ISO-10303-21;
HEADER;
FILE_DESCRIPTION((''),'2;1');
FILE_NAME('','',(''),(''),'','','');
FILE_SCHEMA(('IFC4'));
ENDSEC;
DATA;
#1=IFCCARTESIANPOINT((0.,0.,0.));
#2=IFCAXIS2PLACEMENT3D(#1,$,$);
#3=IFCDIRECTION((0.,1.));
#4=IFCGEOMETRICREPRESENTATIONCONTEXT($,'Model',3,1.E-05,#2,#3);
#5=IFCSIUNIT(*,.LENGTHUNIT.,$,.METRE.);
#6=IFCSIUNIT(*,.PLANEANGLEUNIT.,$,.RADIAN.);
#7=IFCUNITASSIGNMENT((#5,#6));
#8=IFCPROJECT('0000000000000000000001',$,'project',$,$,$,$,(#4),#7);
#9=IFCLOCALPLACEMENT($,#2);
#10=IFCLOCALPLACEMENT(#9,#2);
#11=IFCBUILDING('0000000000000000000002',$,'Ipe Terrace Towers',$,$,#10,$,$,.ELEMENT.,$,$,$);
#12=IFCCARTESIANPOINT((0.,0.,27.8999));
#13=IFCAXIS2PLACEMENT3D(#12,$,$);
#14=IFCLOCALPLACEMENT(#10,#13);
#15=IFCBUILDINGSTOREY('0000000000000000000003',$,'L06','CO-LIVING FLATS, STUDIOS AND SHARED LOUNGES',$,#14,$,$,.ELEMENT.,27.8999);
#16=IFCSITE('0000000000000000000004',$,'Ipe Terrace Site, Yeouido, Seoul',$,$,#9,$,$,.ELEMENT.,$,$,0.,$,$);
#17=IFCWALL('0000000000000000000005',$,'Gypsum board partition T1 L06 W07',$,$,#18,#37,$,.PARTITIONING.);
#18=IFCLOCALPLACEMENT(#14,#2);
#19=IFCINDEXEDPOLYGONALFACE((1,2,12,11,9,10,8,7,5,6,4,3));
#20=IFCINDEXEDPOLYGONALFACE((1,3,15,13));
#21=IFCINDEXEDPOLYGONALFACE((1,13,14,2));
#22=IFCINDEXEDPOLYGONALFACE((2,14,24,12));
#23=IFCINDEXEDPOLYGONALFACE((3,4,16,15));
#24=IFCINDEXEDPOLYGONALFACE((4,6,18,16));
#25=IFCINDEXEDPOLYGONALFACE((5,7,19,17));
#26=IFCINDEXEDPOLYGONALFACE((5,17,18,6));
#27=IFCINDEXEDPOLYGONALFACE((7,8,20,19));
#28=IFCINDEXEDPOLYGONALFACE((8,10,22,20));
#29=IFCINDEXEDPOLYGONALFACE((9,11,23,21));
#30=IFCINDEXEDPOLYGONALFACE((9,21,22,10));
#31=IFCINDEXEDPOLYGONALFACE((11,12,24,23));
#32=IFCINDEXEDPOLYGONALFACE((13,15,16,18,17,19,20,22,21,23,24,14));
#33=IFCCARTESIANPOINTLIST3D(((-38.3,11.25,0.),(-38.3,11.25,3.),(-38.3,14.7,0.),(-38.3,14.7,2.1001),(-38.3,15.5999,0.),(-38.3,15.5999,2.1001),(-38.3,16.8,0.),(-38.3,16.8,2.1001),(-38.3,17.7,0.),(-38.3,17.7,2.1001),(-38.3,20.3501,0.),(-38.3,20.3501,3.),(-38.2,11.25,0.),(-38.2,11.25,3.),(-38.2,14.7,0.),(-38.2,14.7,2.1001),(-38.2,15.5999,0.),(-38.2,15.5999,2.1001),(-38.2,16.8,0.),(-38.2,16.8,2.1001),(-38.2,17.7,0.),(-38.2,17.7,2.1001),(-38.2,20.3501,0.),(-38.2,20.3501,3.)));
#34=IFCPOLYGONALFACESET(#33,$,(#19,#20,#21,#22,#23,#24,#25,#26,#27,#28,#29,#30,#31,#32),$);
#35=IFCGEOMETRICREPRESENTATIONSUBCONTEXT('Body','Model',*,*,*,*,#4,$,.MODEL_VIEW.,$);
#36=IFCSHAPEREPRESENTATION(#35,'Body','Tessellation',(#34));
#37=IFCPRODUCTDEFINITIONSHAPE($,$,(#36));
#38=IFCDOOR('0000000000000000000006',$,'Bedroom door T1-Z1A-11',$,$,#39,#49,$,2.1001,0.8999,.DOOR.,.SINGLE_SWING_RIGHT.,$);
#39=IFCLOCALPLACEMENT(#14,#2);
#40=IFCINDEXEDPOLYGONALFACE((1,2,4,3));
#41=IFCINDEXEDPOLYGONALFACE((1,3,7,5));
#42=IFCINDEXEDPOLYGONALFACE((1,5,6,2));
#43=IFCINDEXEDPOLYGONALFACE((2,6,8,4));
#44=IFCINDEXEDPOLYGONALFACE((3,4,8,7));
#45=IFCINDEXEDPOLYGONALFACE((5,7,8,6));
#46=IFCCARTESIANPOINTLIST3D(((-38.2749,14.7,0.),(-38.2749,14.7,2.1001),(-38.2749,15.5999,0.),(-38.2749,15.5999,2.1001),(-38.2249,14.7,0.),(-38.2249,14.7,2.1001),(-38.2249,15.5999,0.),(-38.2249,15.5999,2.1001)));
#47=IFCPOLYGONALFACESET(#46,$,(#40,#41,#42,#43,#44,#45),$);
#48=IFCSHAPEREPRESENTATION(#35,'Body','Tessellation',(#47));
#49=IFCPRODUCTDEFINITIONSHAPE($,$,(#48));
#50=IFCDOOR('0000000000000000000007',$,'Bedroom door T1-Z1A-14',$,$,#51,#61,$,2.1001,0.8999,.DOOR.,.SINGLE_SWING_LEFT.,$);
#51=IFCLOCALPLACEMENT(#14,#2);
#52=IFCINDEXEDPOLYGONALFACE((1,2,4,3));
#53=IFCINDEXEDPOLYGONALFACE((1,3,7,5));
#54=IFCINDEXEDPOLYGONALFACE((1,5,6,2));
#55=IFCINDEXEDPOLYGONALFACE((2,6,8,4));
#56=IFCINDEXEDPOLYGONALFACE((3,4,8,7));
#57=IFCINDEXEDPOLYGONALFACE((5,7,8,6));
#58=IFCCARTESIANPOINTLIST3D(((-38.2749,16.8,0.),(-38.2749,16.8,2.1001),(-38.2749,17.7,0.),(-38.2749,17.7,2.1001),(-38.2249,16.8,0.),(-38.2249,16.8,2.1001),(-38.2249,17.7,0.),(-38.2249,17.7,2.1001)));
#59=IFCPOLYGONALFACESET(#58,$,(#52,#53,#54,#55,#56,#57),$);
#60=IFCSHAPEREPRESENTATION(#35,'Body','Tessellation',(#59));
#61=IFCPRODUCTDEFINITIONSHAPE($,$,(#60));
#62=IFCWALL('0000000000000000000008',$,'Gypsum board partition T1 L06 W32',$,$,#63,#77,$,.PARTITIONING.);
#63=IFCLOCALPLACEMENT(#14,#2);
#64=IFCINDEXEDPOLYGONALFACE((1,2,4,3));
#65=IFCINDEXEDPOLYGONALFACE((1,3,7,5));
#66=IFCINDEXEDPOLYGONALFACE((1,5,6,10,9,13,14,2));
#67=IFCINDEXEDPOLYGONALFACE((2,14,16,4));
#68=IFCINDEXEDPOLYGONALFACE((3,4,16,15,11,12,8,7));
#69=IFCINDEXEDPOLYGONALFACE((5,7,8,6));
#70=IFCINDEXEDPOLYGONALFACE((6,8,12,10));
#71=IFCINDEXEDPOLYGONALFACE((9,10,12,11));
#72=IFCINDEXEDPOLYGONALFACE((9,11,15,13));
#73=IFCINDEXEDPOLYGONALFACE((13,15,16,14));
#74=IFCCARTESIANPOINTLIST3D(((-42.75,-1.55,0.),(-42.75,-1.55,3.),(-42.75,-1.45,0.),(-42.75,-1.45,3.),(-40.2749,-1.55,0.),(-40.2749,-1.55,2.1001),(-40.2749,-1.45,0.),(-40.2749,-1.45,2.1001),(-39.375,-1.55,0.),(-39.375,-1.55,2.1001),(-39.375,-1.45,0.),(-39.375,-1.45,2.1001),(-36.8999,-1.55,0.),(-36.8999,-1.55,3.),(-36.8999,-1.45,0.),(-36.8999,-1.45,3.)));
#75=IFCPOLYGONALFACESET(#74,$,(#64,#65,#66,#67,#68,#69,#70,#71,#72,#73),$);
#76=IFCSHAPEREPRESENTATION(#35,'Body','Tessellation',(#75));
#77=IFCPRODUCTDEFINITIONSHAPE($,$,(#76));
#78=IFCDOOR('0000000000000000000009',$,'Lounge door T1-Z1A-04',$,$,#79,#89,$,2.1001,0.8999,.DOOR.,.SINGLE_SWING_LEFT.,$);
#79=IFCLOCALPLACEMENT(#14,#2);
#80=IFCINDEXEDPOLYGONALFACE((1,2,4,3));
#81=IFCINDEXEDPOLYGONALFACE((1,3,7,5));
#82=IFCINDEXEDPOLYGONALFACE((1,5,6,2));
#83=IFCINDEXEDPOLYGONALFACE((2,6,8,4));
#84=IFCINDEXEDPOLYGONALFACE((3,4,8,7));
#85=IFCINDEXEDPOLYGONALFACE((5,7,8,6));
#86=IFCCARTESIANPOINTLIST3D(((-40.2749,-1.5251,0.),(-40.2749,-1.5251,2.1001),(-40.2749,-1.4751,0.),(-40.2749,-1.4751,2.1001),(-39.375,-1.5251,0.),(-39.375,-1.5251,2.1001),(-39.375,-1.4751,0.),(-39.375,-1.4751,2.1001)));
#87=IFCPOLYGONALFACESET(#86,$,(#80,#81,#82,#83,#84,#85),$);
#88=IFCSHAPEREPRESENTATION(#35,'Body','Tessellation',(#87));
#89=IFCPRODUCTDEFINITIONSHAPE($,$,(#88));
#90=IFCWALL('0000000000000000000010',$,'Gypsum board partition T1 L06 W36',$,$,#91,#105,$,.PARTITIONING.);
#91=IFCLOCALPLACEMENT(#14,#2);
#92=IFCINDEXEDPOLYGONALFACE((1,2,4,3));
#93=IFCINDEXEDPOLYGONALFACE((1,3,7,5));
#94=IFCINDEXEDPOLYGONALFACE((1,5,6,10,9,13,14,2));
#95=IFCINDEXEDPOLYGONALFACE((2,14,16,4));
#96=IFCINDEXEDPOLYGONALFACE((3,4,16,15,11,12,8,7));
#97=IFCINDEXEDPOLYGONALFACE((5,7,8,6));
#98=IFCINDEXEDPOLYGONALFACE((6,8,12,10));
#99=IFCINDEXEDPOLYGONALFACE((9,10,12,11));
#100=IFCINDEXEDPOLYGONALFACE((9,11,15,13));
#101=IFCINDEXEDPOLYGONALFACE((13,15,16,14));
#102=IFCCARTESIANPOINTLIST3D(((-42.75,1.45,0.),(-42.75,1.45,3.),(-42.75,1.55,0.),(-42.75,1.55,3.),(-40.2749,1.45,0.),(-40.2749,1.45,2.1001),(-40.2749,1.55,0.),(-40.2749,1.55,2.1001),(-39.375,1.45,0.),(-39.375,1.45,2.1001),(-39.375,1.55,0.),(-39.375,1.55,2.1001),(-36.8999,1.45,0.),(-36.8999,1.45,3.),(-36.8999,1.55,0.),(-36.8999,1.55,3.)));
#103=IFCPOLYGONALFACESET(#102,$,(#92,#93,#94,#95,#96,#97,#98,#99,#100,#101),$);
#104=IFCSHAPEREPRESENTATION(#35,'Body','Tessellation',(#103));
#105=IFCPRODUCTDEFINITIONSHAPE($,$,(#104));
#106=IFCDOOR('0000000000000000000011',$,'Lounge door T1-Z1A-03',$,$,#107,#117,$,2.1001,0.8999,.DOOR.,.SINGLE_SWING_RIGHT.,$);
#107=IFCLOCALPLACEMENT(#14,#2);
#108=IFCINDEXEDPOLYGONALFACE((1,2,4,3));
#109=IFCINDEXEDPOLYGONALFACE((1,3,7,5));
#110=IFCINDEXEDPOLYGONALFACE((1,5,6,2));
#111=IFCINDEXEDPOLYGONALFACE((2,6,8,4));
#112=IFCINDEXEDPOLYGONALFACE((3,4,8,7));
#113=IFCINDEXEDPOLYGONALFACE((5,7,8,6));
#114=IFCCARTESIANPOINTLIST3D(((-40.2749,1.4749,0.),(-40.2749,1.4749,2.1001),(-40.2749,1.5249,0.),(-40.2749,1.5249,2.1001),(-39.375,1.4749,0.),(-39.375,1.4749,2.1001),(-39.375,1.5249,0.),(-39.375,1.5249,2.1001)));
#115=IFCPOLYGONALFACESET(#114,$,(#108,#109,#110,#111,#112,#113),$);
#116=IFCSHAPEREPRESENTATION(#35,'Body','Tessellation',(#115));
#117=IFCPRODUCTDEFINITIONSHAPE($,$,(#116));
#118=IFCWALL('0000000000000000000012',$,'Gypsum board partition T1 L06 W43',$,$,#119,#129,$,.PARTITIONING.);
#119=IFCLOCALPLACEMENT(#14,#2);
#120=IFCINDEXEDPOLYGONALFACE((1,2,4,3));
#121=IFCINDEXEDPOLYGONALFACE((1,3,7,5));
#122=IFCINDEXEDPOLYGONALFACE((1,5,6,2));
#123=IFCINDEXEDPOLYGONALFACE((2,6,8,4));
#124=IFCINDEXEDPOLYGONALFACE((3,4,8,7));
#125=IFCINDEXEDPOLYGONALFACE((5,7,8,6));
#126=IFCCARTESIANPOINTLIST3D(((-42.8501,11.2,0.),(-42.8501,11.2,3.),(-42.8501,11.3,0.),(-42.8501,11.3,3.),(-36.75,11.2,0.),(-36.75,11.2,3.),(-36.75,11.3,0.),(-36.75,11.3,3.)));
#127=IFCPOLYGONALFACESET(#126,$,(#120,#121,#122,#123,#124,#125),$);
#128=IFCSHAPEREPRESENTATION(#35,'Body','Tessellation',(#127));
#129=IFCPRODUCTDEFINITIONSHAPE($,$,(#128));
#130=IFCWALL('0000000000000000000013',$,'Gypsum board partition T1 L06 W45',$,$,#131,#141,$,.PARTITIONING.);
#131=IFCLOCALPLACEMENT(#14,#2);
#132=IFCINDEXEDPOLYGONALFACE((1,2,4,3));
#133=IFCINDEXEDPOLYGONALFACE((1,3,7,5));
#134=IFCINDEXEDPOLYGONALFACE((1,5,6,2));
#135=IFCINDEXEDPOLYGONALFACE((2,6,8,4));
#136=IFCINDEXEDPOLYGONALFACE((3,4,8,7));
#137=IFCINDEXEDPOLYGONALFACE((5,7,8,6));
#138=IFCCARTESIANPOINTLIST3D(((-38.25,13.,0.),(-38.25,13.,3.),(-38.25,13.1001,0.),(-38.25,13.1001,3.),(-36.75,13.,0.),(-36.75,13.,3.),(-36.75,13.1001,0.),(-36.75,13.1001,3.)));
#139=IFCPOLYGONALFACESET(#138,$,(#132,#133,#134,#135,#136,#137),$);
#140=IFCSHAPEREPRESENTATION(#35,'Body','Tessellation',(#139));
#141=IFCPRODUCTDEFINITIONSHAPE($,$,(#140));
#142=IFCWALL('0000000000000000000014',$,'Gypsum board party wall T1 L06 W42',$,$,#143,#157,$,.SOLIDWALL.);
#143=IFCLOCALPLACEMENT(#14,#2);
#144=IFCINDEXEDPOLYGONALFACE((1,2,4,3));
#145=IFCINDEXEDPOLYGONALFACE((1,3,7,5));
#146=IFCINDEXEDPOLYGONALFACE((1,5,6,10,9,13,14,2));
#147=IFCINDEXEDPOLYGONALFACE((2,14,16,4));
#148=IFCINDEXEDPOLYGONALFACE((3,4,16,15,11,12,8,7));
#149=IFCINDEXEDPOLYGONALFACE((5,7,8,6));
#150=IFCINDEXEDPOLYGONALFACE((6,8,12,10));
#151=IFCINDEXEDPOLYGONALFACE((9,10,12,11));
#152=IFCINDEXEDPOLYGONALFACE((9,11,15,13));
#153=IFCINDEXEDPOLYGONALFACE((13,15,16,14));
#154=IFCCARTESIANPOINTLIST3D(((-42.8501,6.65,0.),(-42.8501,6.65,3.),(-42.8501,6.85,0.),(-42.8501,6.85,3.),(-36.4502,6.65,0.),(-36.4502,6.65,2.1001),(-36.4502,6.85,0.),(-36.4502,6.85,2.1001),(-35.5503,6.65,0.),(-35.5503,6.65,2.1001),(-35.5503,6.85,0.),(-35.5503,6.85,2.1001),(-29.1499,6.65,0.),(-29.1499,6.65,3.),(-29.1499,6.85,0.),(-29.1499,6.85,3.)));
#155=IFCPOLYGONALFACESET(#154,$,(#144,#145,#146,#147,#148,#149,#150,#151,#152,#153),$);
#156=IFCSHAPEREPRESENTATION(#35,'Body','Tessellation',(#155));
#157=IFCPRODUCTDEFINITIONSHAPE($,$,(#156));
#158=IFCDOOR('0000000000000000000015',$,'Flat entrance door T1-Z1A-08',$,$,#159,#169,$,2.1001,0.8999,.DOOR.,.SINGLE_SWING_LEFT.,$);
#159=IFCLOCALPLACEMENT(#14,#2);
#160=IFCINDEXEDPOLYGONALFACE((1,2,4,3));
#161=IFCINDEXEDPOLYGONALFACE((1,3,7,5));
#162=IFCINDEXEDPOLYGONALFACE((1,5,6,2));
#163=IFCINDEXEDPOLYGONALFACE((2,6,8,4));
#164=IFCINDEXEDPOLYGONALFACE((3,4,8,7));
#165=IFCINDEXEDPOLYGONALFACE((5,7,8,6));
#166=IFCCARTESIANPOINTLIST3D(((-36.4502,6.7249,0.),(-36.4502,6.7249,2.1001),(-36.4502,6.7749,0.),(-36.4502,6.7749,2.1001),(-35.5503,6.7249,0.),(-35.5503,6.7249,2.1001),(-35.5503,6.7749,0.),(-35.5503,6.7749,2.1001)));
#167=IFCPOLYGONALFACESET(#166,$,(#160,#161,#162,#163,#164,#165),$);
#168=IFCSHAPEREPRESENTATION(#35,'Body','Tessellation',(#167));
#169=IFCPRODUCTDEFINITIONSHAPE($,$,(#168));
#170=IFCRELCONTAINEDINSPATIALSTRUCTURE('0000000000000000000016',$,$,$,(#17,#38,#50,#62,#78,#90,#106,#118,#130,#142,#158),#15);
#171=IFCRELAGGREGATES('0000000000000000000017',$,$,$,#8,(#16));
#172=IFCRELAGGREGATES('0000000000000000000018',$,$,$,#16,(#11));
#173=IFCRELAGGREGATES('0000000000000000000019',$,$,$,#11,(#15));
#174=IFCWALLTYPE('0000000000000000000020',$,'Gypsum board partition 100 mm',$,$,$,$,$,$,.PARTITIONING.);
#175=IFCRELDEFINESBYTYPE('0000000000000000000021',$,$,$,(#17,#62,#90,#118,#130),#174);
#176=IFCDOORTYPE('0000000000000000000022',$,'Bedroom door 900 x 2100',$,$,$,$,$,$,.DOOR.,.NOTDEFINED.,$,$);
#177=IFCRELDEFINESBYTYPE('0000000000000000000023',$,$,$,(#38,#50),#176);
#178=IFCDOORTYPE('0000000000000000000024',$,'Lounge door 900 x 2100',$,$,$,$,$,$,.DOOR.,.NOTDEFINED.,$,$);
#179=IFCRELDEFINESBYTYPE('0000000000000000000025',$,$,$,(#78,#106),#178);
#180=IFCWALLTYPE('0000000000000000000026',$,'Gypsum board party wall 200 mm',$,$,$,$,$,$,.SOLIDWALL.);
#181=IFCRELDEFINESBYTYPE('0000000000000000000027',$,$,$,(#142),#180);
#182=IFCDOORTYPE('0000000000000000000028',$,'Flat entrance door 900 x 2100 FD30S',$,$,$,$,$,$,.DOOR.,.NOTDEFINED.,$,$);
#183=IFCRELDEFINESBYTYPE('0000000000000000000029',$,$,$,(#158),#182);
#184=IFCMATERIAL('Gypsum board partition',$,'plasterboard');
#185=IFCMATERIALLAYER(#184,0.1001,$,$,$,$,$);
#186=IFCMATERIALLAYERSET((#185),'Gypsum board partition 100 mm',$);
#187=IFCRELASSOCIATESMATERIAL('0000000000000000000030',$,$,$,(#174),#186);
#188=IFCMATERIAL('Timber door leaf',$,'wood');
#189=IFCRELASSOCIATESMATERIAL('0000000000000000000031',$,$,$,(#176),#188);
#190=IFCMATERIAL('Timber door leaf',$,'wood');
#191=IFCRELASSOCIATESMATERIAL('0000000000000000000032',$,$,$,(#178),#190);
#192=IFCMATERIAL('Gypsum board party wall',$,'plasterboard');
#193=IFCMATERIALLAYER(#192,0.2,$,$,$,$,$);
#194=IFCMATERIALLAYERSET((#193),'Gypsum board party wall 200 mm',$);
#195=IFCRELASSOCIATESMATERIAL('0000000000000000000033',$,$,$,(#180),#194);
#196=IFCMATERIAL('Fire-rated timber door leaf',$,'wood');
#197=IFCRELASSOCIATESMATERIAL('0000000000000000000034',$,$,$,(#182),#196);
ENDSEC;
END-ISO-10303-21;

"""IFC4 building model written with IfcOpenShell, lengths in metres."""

from ifc_helpers import new_model, si_unit, direction, frame, frame_2d, origin, place, context, subcontext, project, spatial, rectangle, extrude, material, layer, layer_set, type_object, element, fill, save


model = new_model("IFC4")

# Units and contexts
model_context = context("Model", 3, precision=1e-05, world=origin(), true_north=direction((0.0, 1.0)))
body_context = subcontext(model_context, "Body", "Model", "MODEL_VIEW")
ifc_project = project(units=[si_unit("LENGTHUNIT", "METRE"), si_unit("PLANEANGLEUNIT", "RADIAN")], contexts=[model_context])

# Site, building, storey
site_placement = place(None, origin())
site = spatial("IfcSite", under=ifc_project, at=site_placement, Name="Ipe Terrace Site, Yeouido, Seoul", CompositionType="ELEMENT", RefElevation=0.0)
building_placement = place(site_placement, origin())
building = spatial("IfcBuilding", under=site, at=building_placement, Name="Ipe Terrace Towers", CompositionType="ELEMENT")
storey_placement = place(building_placement, frame((0.0, 0.0, 27.8999)))
storey = spatial("IfcBuildingStorey", under=building, at=storey_placement, Name="L06", Description="CO-LIVING FLATS, STUDIOS AND SHARED LOUNGES", CompositionType="ELEMENT", Elevation=27.8999)

# Wall, openings, doors
ifc_material_1 = material(Name="Gypsum board partition", Category="plasterboard")
ifc_layer_1 = layer(ifc_material_1, 0.1001)
ifc_layer_set_1 = layer_set([ifc_layer_1], Name="Gypsum board partition 100 mm")
wall_type_1 = type_object("IfcWallType", Name="Gypsum board partition 100 mm", PredefinedType="PARTITIONING", material=ifc_layer_set_1)
wall_1_placement = place(storey_placement, frame((-38.25, 11.25, 0.0), z_axis=(0.0, 0.0, 1.0), x_axis=(0.0, 1.0, 0.0)))
wall_1 = element("IfcWall", 1, at=wall_1_placement, inside=storey, type_object=wall_type_1, Name="Gypsum board partition T1 L06 W07", PredefinedType="PARTITIONING", context=body_context, shape_type="SweptSolid", body=[
    extrude(rectangle(XDim=9.1001, YDim=0.1001, at=frame_2d((4.55, 0.0))), origin(), (0.0, 0.0, 1.0), 3.0),
])
opening_1_placement = place(wall_1_placement, frame((3.45, 0.0, 0.0)))
opening_1 = element("IfcOpeningElement", 2, at=opening_1_placement, cuts=wall_1, PredefinedType="OPENING", context=body_context, shape_type="SweptSolid", body=[
    extrude(rectangle(XDim=0.8999, YDim=2.1001, at=frame_2d((0.45, 1.05))), frame((0.0, 0.0601, 0.0), z_axis=(0.0, -1.0, 0.0), x_axis=(1.0, 0.0, 0.0)), (0.0, 0.0, 1.0), 0.1201),
])
opening_2_placement = place(wall_1_placement, frame((5.55, 0.0, 0.0)))
opening_2 = element("IfcOpeningElement", 3, at=opening_2_placement, cuts=wall_1, PredefinedType="OPENING", context=body_context, shape_type="SweptSolid", body=[
    extrude(rectangle(XDim=0.8999, YDim=2.1001, at=frame_2d((0.45, 1.05))), frame((0.0, 0.0601, 0.0), z_axis=(0.0, -1.0, 0.0), x_axis=(1.0, 0.0, 0.0)), (0.0, 0.0, 1.0), 0.1201),
])
ifc_material_2 = material(Name="Timber door leaf", Category="wood")
door_type_1 = type_object("IfcDoorType", Name="Bedroom door 900 x 2100", OperationType="NOTDEFINED", PredefinedType="DOOR", material=ifc_material_2)
door_1_placement = place(opening_1_placement, origin())
door_1 = element("IfcDoor", 4, at=door_1_placement, inside=storey, type_object=door_type_1, Name="Bedroom door T1-Z1A-11", OperationType="SINGLE_SWING_RIGHT", OverallHeight=2.1001, OverallWidth=0.8999, PredefinedType="DOOR", context=body_context, shape_type="SweptSolid", body=[
    extrude(rectangle(XDim=0.8999, YDim=2.1001, at=frame_2d((0.45, 1.05))), frame((0.0, 0.0249, 0.0), z_axis=(0.0, -1.0, 0.0), x_axis=(1.0, 0.0, 0.0)), (0.0, 0.0, 1.0), 0.05),
])
fill(opening_1, door_1)
door_2_placement = place(opening_2_placement, origin())
door_2 = element("IfcDoor", 5, at=door_2_placement, inside=storey, type_object=door_type_1, Name="Bedroom door T1-Z1A-14", OperationType="SINGLE_SWING_LEFT", OverallHeight=2.1001, OverallWidth=0.8999, PredefinedType="DOOR", context=body_context, shape_type="SweptSolid", body=[
    extrude(rectangle(XDim=0.8999, YDim=2.1001, at=frame_2d((0.45, 1.05))), frame((0.0, 0.0249, 0.0), z_axis=(0.0, -1.0, 0.0), x_axis=(1.0, 0.0, 0.0)), (0.0, 0.0, 1.0), 0.05),
])
fill(opening_2, door_2)

# Walls, openings, doors
wall_2_placement = place(storey_placement, frame((-42.75, -1.5, 0.0), z_axis=(0.0, 0.0, 1.0), x_axis=(1.0, 0.0, 0.0)))
wall_2 = element("IfcWall", 6, at=wall_2_placement, inside=storey, type_object=wall_type_1, Name="Gypsum board partition T1 L06 W32", PredefinedType="PARTITIONING", context=body_context, shape_type="SweptSolid", body=[
    extrude(rectangle(XDim=5.8501, YDim=0.1001, at=frame_2d((2.925, 0.0))), origin(), (0.0, 0.0, 1.0), 3.0),
])
opening_3_placement = place(wall_2_placement, frame((2.4751, 0.0, 0.0)))
opening_3 = element("IfcOpeningElement", 7, at=opening_3_placement, cuts=wall_2, PredefinedType="OPENING", context=body_context, shape_type="SweptSolid", body=[
    extrude(rectangle(XDim=0.8999, YDim=2.1001, at=frame_2d((0.45, 1.05))), frame((0.0, 0.0601, 0.0), z_axis=(0.0, -1.0, 0.0), x_axis=(1.0, 0.0, 0.0)), (0.0, 0.0, 1.0), 0.1201),
])
ifc_material_3 = material(Name="Timber door leaf", Category="wood")
door_type_2 = type_object("IfcDoorType", Name="Lounge door 900 x 2100", OperationType="NOTDEFINED", PredefinedType="DOOR", material=ifc_material_3)
door_3_placement = place(opening_3_placement, origin())
door_3 = element("IfcDoor", 8, at=door_3_placement, inside=storey, type_object=door_type_2, Name="Lounge door T1-Z1A-04", OperationType="SINGLE_SWING_LEFT", OverallHeight=2.1001, OverallWidth=0.8999, PredefinedType="DOOR", context=body_context, shape_type="SweptSolid", body=[
    extrude(rectangle(XDim=0.8999, YDim=2.1001, at=frame_2d((0.45, 1.05))), frame((0.0, 0.0249, 0.0), z_axis=(0.0, -1.0, 0.0), x_axis=(1.0, 0.0, 0.0)), (0.0, 0.0, 1.0), 0.05),
])
fill(opening_3, door_3)
wall_3_placement = place(storey_placement, frame((-42.75, 1.5, 0.0), z_axis=(0.0, 0.0, 1.0), x_axis=(1.0, 0.0, 0.0)))
wall_3 = element("IfcWall", 9, at=wall_3_placement, inside=storey, type_object=wall_type_1, Name="Gypsum board partition T1 L06 W36", PredefinedType="PARTITIONING", context=body_context, shape_type="SweptSolid", body=[
    extrude(rectangle(XDim=5.8501, YDim=0.1001, at=frame_2d((2.925, 0.0))), origin(), (0.0, 0.0, 1.0), 3.0),
])
opening_4_placement = place(wall_3_placement, frame((2.4751, 0.0, 0.0)))
opening_4 = element("IfcOpeningElement", 10, at=opening_4_placement, cuts=wall_3, PredefinedType="OPENING", context=body_context, shape_type="SweptSolid", body=[
    extrude(rectangle(XDim=0.8999, YDim=2.1001, at=frame_2d((0.45, 1.05))), frame((0.0, 0.0601, 0.0), z_axis=(0.0, -1.0, 0.0), x_axis=(1.0, 0.0, 0.0)), (0.0, 0.0, 1.0), 0.1201),
])
door_4_placement = place(opening_4_placement, origin())
door_4 = element("IfcDoor", 11, at=door_4_placement, inside=storey, type_object=door_type_2, Name="Lounge door T1-Z1A-03", OperationType="SINGLE_SWING_RIGHT", OverallHeight=2.1001, OverallWidth=0.8999, PredefinedType="DOOR", context=body_context, shape_type="SweptSolid", body=[
    extrude(rectangle(XDim=0.8999, YDim=2.1001, at=frame_2d((0.45, 1.05))), frame((0.0, 0.0249, 0.0), z_axis=(0.0, -1.0, 0.0), x_axis=(1.0, 0.0, 0.0)), (0.0, 0.0, 1.0), 0.05),
])
fill(opening_4, door_4)

# Walls
wall_4_placement = place(storey_placement, frame((-42.8501, 11.25, 0.0), z_axis=(0.0, 0.0, 1.0), x_axis=(1.0, 0.0, 0.0)))
element("IfcWall", 12, at=wall_4_placement, inside=storey, type_object=wall_type_1, Name="Gypsum board partition T1 L06 W43", PredefinedType="PARTITIONING", context=body_context, shape_type="SweptSolid", body=[
    extrude(rectangle(XDim=6.1001, YDim=0.1001, at=frame_2d((3.05, 0.0))), origin(), (0.0, 0.0, 1.0), 3.0),
])
wall_5_placement = place(storey_placement, frame((-38.25, 13.05, 0.0), z_axis=(0.0, 0.0, 1.0), x_axis=(1.0, 0.0, 0.0)))
element("IfcWall", 13, at=wall_5_placement, inside=storey, type_object=wall_type_1, Name="Gypsum board partition T1 L06 W45", PredefinedType="PARTITIONING", context=body_context, shape_type="SweptSolid", body=[
    extrude(rectangle(XDim=1.5, YDim=0.1001, at=frame_2d((0.75, 0.0))), origin(), (0.0, 0.0, 1.0), 3.0),
])

# Wall, opening, door
ifc_material_4 = material(Name="Gypsum board party wall", Category="plasterboard")
ifc_layer_2 = layer(ifc_material_4, 0.2)
ifc_layer_set_2 = layer_set([ifc_layer_2], Name="Gypsum board party wall 200 mm")
wall_type_2 = type_object("IfcWallType", Name="Gypsum board party wall 200 mm", PredefinedType="SOLIDWALL", material=ifc_layer_set_2)
wall_6_placement = place(storey_placement, frame((-42.8501, 6.75, 0.0), z_axis=(0.0, 0.0, 1.0), x_axis=(1.0, 0.0, 0.0)))
wall_6 = element("IfcWall", 14, at=wall_6_placement, inside=storey, type_object=wall_type_2, Name="Gypsum board party wall T1 L06 W42", PredefinedType="SOLIDWALL", context=body_context, shape_type="SweptSolid", body=[
    extrude(rectangle(XDim=13.7002, YDim=0.2, at=frame_2d((6.8501, 0.0))), origin(), (0.0, 0.0, 1.0), 3.0),
])
opening_5_placement = place(wall_6_placement, frame((6.3999, 0.0, 0.0)))
opening_5 = element("IfcOpeningElement", 15, at=opening_5_placement, cuts=wall_6, PredefinedType="OPENING", context=body_context, shape_type="SweptSolid", body=[
    extrude(rectangle(XDim=0.8999, YDim=2.1001, at=frame_2d((0.45, 1.05))), frame((0.0, 0.1099, 0.0), z_axis=(0.0, -1.0, 0.0), x_axis=(1.0, 0.0, 0.0)), (0.0, 0.0, 1.0), 0.22),
])
ifc_material_5 = material(Name="Fire-rated timber door leaf", Category="wood")
door_type_3 = type_object("IfcDoorType", Name="Flat entrance door 900 x 2100 FD30S", OperationType="NOTDEFINED", PredefinedType="DOOR", material=ifc_material_5)
door_5_placement = place(opening_5_placement, origin())
door_5 = element("IfcDoor", 16, at=door_5_placement, inside=storey, type_object=door_type_3, Name="Flat entrance door T1-Z1A-08", OperationType="SINGLE_SWING_LEFT", OverallHeight=2.1001, OverallWidth=0.8999, PredefinedType="DOOR", context=body_context, shape_type="SweptSolid", body=[
    extrude(rectangle(XDim=0.8999, YDim=2.1001, at=frame_2d((0.45, 1.05))), frame((0.0, 0.0249, 0.0), z_axis=(0.0, -1.0, 0.0), x_axis=(1.0, 0.0, 0.0)), (0.0, 0.0, 1.0), 0.05),
])
fill(opening_5, door_5)

save(model, "model.ifc")
